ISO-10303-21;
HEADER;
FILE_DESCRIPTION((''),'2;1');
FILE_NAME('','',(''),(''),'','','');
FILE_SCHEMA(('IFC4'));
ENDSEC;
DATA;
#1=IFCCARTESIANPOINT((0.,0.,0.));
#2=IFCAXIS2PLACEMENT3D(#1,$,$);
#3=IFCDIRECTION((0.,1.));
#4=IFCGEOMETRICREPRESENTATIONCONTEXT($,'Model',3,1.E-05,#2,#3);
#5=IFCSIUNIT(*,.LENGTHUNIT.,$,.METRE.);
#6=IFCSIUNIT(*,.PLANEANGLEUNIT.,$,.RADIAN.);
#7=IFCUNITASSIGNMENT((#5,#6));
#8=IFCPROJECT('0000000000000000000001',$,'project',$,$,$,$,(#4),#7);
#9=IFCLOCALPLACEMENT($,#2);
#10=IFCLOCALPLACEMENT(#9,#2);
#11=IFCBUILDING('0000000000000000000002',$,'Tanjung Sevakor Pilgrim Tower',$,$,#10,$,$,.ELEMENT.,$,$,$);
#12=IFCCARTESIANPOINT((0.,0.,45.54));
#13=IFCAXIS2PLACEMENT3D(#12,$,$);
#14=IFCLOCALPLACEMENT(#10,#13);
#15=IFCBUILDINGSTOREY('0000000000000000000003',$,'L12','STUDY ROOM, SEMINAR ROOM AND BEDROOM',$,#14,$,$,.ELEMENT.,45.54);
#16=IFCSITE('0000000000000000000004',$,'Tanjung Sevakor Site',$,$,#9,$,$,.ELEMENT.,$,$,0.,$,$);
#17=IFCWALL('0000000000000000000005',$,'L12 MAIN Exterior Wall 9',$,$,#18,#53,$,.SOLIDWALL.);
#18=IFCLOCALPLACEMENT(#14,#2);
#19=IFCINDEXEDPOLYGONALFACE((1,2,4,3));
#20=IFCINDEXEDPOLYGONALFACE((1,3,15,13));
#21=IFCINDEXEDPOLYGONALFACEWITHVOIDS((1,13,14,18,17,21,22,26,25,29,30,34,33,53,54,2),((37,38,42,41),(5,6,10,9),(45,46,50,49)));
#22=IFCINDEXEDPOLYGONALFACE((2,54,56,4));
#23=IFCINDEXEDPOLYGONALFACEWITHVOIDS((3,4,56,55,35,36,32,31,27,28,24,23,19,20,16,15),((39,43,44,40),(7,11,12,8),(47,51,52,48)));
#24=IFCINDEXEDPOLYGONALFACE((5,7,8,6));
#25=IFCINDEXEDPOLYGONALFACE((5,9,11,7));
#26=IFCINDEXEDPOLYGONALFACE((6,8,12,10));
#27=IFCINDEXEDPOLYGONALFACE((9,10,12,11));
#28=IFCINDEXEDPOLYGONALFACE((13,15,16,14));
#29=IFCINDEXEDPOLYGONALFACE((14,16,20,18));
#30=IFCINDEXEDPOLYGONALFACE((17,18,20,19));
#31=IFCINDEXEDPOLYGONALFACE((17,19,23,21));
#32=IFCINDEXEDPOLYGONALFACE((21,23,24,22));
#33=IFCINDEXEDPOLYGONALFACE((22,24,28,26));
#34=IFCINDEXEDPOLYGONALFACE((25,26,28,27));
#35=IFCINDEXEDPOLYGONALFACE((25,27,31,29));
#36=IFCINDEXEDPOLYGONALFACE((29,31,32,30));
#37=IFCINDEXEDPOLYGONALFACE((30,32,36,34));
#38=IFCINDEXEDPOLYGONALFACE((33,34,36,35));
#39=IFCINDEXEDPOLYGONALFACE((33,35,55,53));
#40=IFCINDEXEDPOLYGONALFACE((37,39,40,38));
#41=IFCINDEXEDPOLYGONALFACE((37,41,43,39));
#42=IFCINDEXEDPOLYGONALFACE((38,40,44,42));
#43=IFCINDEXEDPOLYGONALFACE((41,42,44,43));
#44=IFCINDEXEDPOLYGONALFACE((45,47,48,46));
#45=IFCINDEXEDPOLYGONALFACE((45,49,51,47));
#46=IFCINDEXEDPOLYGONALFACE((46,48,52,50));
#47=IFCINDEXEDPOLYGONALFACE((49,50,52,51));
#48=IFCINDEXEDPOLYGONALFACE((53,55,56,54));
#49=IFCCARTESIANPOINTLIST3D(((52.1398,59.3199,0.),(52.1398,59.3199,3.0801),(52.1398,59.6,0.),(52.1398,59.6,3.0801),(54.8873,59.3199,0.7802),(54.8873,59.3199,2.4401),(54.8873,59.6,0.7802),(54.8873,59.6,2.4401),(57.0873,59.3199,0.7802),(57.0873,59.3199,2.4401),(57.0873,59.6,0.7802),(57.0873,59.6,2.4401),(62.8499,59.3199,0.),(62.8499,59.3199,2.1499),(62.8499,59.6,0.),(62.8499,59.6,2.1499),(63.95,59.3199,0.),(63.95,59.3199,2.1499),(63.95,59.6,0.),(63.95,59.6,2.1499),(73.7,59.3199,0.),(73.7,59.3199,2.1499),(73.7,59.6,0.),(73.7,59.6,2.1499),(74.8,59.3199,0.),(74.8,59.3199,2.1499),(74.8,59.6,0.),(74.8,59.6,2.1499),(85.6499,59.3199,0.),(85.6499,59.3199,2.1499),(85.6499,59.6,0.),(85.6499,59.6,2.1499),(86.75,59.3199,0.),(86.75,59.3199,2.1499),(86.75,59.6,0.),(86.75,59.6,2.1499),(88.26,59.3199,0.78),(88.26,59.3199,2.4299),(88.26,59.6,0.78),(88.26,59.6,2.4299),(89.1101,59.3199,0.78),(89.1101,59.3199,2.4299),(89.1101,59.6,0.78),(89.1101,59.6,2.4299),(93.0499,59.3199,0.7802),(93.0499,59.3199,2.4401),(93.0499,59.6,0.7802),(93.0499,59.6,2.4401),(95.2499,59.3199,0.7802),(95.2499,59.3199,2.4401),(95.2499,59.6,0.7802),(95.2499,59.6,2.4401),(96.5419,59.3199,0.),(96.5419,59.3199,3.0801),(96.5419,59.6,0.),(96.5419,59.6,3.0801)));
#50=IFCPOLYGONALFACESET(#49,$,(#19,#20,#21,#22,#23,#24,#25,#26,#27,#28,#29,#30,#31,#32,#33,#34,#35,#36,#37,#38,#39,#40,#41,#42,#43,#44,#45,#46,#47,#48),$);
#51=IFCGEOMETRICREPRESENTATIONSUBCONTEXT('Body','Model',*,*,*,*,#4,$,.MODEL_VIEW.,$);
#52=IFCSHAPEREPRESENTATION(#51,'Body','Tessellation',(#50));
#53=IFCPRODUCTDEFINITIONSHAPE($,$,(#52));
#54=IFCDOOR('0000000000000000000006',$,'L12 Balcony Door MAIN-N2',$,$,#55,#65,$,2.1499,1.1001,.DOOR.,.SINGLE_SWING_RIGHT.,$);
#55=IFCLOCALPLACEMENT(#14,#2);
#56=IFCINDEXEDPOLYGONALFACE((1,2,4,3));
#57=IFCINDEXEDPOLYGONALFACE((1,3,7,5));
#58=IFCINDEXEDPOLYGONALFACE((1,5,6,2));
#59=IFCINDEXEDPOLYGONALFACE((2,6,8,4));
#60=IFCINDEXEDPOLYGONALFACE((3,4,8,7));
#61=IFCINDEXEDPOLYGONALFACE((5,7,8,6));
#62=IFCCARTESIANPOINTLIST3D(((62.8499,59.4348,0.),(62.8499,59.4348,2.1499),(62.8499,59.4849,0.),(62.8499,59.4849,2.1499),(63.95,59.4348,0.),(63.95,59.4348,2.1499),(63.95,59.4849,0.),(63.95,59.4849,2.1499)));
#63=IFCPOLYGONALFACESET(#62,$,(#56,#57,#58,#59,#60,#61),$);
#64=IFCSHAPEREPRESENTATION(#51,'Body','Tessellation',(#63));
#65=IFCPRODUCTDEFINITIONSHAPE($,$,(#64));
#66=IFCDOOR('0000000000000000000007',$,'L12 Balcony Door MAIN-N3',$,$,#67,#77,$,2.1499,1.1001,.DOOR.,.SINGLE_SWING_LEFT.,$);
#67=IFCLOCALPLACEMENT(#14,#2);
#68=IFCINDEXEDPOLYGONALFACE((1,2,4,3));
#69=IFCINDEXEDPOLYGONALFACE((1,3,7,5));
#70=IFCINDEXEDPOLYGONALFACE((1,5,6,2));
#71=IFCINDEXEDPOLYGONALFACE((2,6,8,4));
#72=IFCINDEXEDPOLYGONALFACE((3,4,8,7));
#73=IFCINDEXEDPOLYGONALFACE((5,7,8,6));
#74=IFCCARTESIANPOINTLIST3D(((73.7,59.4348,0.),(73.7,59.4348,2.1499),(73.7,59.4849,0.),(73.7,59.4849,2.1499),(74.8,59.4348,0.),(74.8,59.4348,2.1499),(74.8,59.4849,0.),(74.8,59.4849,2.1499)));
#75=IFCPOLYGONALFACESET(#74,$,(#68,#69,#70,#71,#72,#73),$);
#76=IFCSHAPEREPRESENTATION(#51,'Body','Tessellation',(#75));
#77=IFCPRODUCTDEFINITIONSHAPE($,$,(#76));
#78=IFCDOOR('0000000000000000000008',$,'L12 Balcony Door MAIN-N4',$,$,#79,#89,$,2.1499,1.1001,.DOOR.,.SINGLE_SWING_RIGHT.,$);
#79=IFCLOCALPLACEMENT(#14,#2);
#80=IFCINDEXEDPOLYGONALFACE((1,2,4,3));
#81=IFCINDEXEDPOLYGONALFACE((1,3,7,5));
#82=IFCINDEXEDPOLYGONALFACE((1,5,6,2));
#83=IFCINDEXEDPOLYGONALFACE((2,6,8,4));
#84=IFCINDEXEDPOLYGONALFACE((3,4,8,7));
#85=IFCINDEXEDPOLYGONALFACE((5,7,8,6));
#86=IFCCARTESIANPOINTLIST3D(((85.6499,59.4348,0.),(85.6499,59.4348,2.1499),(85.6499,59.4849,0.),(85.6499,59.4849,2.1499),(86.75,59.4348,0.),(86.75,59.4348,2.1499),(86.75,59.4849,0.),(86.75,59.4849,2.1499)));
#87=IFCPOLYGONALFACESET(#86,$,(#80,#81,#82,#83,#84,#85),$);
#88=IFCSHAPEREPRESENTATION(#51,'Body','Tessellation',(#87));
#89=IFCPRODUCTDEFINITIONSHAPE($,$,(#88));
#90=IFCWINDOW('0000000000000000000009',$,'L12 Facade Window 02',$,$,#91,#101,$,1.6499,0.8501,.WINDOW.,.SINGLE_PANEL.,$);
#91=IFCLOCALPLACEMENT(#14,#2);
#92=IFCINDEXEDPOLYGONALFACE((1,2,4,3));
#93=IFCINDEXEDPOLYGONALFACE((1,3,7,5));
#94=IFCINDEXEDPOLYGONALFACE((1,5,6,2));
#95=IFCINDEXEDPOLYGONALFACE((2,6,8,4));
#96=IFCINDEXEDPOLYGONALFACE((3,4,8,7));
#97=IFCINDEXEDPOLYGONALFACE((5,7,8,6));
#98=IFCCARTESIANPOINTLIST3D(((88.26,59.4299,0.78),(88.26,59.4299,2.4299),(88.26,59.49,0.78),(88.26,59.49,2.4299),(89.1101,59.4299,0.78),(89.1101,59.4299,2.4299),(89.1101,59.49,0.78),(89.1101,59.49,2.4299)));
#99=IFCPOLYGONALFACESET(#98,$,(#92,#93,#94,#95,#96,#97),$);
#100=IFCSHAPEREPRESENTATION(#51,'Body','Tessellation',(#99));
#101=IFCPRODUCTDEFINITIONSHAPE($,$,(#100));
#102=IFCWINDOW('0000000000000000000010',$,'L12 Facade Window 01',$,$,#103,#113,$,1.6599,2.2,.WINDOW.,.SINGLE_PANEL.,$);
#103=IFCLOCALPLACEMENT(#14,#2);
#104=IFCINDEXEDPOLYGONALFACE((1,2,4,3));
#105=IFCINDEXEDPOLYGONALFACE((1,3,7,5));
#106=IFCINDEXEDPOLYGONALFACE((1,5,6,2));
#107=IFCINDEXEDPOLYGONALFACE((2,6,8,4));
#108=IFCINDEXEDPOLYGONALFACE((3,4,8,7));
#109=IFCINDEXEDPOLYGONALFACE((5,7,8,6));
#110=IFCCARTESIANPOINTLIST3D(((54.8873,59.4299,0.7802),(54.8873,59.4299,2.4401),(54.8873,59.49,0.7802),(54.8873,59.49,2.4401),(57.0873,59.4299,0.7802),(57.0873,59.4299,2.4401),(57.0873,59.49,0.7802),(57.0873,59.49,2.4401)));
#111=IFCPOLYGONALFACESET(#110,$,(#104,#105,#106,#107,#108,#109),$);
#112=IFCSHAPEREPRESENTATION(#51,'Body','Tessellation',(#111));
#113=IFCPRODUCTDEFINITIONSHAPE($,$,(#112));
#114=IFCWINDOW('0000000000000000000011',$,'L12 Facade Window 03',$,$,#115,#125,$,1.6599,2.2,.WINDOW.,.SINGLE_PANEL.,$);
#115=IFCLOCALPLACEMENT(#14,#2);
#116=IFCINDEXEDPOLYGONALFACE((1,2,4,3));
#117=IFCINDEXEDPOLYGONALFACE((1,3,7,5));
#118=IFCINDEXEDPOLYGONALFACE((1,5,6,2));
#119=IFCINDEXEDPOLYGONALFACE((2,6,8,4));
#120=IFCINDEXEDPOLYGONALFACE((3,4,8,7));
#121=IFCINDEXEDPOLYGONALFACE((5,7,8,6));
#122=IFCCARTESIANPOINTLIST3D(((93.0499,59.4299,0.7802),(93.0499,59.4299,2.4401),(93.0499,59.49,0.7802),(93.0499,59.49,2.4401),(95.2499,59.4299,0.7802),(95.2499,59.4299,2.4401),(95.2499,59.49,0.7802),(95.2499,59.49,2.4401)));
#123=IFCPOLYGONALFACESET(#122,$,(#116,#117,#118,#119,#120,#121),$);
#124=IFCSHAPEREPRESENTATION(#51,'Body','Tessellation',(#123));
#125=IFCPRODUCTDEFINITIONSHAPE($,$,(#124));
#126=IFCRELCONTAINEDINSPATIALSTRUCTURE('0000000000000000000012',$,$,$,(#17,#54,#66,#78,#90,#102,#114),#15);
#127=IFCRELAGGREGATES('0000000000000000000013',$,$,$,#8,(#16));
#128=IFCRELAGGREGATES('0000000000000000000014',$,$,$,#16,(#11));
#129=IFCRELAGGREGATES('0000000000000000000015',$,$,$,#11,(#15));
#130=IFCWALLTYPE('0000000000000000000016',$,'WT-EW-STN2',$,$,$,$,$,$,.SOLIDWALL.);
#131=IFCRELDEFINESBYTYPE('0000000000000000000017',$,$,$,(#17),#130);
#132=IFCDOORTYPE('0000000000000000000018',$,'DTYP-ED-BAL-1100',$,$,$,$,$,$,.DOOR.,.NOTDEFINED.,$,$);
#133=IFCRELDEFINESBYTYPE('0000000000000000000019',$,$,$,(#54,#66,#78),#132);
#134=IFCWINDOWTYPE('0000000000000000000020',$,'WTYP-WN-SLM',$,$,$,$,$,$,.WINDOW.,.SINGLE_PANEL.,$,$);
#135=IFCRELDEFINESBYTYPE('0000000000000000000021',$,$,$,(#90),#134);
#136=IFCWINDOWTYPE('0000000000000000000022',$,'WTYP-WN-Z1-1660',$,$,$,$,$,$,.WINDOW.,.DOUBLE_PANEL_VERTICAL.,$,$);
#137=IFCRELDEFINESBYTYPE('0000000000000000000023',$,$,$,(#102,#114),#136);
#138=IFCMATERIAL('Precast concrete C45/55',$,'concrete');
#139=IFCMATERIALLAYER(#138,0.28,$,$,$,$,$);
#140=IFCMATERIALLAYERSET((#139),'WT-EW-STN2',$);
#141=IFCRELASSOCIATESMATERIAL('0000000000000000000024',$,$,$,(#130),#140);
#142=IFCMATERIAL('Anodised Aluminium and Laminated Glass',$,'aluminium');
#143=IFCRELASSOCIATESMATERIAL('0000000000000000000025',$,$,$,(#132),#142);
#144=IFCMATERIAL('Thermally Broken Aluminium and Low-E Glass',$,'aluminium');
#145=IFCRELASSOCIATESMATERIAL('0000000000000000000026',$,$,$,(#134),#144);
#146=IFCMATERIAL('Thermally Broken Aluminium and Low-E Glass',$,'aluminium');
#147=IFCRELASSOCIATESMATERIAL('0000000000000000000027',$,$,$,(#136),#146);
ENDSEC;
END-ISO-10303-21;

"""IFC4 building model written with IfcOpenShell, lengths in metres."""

from ifc_helpers import new_model, si_unit, direction, frame, frame_2d, origin, place, context, subcontext, project, spatial, rectangle, extrude, material, layer, layer_set, type_object, element, fill, save


model = new_model("IFC4")

# Units and contexts
model_context = context("Model", 3, precision=1e-05, world=origin(), true_north=direction((0.0, 1.0)))
body_context = subcontext(model_context, "Body", "Model", "MODEL_VIEW")
ifc_project = project(units=[si_unit("LENGTHUNIT", "METRE"), si_unit("PLANEANGLEUNIT", "RADIAN")], contexts=[model_context])

# Site, building, storey
site_placement = place(None, origin())
site = spatial("IfcSite", under=ifc_project, at=site_placement, Name="Tanjung Sevakor Site", CompositionType="ELEMENT", RefElevation=0.0)
building_placement = place(site_placement, origin())
building = spatial("IfcBuilding", under=site, at=building_placement, Name="Tanjung Sevakor Pilgrim Tower", CompositionType="ELEMENT")
storey_placement = place(building_placement, frame((0.0, 0.0, 45.54)))
storey = spatial("IfcBuildingStorey", under=building, at=storey_placement, Name="L12", Description="STUDY ROOM, SEMINAR ROOM AND BEDROOM", CompositionType="ELEMENT", Elevation=45.54)

# Shared definitions
ifc_material_1 = material(Name="Precast concrete C45/55", Category="concrete")
ifc_layer_1 = layer(ifc_material_1, 0.28)
ifc_layer_set_1 = layer_set([ifc_layer_1], Name="WT-EW-STN2")
wall_type_1 = type_object("IfcWallType", Name="WT-EW-STN2", PredefinedType="SOLIDWALL", material=ifc_layer_set_1)

# Wall, openings, doors, windows
wall_1_placement = place(storey_placement, frame((96.542, 59.46, 0.0), z_axis=(0.0, 0.0, 1.0), x_axis=(-1.0, 0.0, 0.0)))
wall_1 = element("IfcWall", 1, at=wall_1_placement, inside=storey, type_object=wall_type_1, Name="L12 MAIN Exterior Wall 9", PredefinedType="SOLIDWALL", context=body_context, shape_type="SweptSolid", body=[
    extrude(rectangle(XDim=44.4021, YDim=0.28, at=frame_2d((22.2012, 0.0))), origin(), (0.0, 0.0, 1.0), 3.0801),
])
opening_1_placement = place(wall_1_placement, frame((32.592, 0.0, 0.0)))
opening_1 = element("IfcOpeningElement", 2, at=opening_1_placement, cuts=wall_1, PredefinedType="OPENING", context=body_context, shape_type="SweptSolid", body=[
    extrude(rectangle(XDim=1.1001, YDim=2.1499, at=frame_2d((0.55, 1.075))), frame((0.0, 0.1499, 0.0), z_axis=(0.0, -1.0, 0.0), x_axis=(1.0, 0.0, 0.0)), (0.0, 0.0, 1.0), 0.3),
])
opening_2_placement = place(wall_1_placement, frame((21.7419, 0.0, 0.0)))
opening_2 = element("IfcOpeningElement", 3, at=opening_2_placement, cuts=wall_1, PredefinedType="OPENING", context=body_context, shape_type="SweptSolid", body=[
    extrude(rectangle(XDim=1.1001, YDim=2.1499, at=frame_2d((0.55, 1.075))), frame((0.0, 0.1499, 0.0), z_axis=(0.0, -1.0, 0.0), x_axis=(1.0, 0.0, 0.0)), (0.0, 0.0, 1.0), 0.3),
])
opening_3_placement = place(wall_1_placement, frame((9.792, 0.0, 0.0)))
opening_3 = element("IfcOpeningElement", 4, at=opening_3_placement, cuts=wall_1, PredefinedType="OPENING", context=body_context, shape_type="SweptSolid", body=[
    extrude(rectangle(XDim=1.1001, YDim=2.1499, at=frame_2d((0.55, 1.075))), frame((0.0, 0.1499, 0.0), z_axis=(0.0, -1.0, 0.0), x_axis=(1.0, 0.0, 0.0)), (0.0, 0.0, 1.0), 0.3),
])
opening_4_placement = place(wall_1_placement, frame((39.4546, 0.0, 0.78)))
opening_4 = element("IfcOpeningElement", 5, at=opening_4_placement, cuts=wall_1, PredefinedType="OPENING", context=body_context, shape_type="SweptSolid", body=[
    extrude(rectangle(XDim=2.2, YDim=1.6599, at=frame_2d((1.1001, 0.8301))), frame((0.0, 0.1499, 0.0), z_axis=(0.0, -1.0, 0.0), x_axis=(1.0, 0.0, 0.0)), (0.0, 0.0, 1.0), 0.3),
])
opening_5_placement = place(wall_1_placement, frame((7.4319, 0.0, 0.78)))
opening_5 = element("IfcOpeningElement", 6, at=opening_5_placement, cuts=wall_1, PredefinedType="OPENING", context=body_context, shape_type="SweptSolid", body=[
    extrude(rectangle(XDim=0.8501, YDim=1.6499, at=frame_2d((0.425, 0.825))), frame((0.0, 0.1499, 0.0), z_axis=(0.0, -1.0, 0.0), x_axis=(1.0, 0.0, 0.0)), (0.0, 0.0, 1.0), 0.3),
])
opening_6_placement = place(wall_1_placement, frame((1.292, 0.0, 0.78)))
opening_6 = element("IfcOpeningElement", 7, at=opening_6_placement, cuts=wall_1, PredefinedType="OPENING", context=body_context, shape_type="SweptSolid", body=[
    extrude(rectangle(XDim=2.2, YDim=1.6599, at=frame_2d((1.1001, 0.8301))), frame((0.0, 0.1499, 0.0), z_axis=(0.0, -1.0, 0.0), x_axis=(1.0, 0.0, 0.0)), (0.0, 0.0, 1.0), 0.3),
])
ifc_material_2 = material(Name="Anodised Aluminium and Laminated Glass", Category="aluminium")
door_type_1 = type_object("IfcDoorType", Name="DTYP-ED-BAL-1100", OperationType="NOTDEFINED", PredefinedType="DOOR", material=ifc_material_2)
door_1_placement = place(opening_1_placement, frame((1.1001, 0.0, 0.0), z_axis=(0.0, 0.0, 1.0), x_axis=(-1.0, 0.0, 0.0)))
door_1 = element("IfcDoor", 8, at=door_1_placement, inside=storey, type_object=door_type_1, Name="L12 Balcony Door MAIN-N2", OperationType="SINGLE_SWING_RIGHT", OverallHeight=2.1499, OverallWidth=1.1001, PredefinedType="DOOR", context=body_context, shape_type="SweptSolid", body=[
    extrude(rectangle(XDim=1.1001, YDim=2.1499, at=frame_2d((0.55, 1.075))), frame((0.0, 0.0249, 0.0), z_axis=(0.0, -1.0, 0.0), x_axis=(1.0, 0.0, 0.0)), (0.0, 0.0, 1.0), 0.05),
])
fill(opening_1, door_1)
door_2_placement = place(opening_2_placement, frame((1.1001, 0.0, 0.0), z_axis=(0.0, 0.0, 1.0), x_axis=(-1.0, 0.0, 0.0)))
door_2 = element("IfcDoor", 9, at=door_2_placement, inside=storey, type_object=door_type_1, Name="L12 Balcony Door MAIN-N3", OperationType="SINGLE_SWING_LEFT", OverallHeight=2.1499, OverallWidth=1.1001, PredefinedType="DOOR", context=body_context, shape_type="SweptSolid", body=[
    extrude(rectangle(XDim=1.1001, YDim=2.1499, at=frame_2d((0.55, 1.075))), frame((0.0, 0.0249, 0.0), z_axis=(0.0, -1.0, 0.0), x_axis=(1.0, 0.0, 0.0)), (0.0, 0.0, 1.0), 0.05),
])
fill(opening_2, door_2)
door_3_placement = place(opening_3_placement, frame((1.1001, 0.0, 0.0), z_axis=(0.0, 0.0, 1.0), x_axis=(-1.0, 0.0, 0.0)))
door_3 = element("IfcDoor", 10, at=door_3_placement, inside=storey, type_object=door_type_1, Name="L12 Balcony Door MAIN-N4", OperationType="SINGLE_SWING_RIGHT", OverallHeight=2.1499, OverallWidth=1.1001, PredefinedType="DOOR", context=body_context, shape_type="SweptSolid", body=[
    extrude(rectangle(XDim=1.1001, YDim=2.1499, at=frame_2d((0.55, 1.075))), frame((0.0, 0.0249, 0.0), z_axis=(0.0, -1.0, 0.0), x_axis=(1.0, 0.0, 0.0)), (0.0, 0.0, 1.0), 0.05),
])
fill(opening_3, door_3)
ifc_material_3 = material(Name="Thermally Broken Aluminium and Low-E Glass", Category="aluminium")
window_type_1 = type_object("IfcWindowType", Name="WTYP-WN-SLM", PartitioningType="SINGLE_PANEL", PredefinedType="WINDOW", material=ifc_material_3)
window_1_placement = place(opening_5_placement, origin())
window_1 = element("IfcWindow", 11, at=window_1_placement, inside=storey, type_object=window_type_1, Name="L12 Facade Window 02", OverallHeight=1.6499, OverallWidth=0.8501, PartitioningType="SINGLE_PANEL", PredefinedType="WINDOW", context=body_context, shape_type="SweptSolid", body=[
    extrude(rectangle(XDim=0.8501, YDim=1.6499, at=frame_2d((0.425, 0.825))), frame((0.0, 0.03, 0.0), z_axis=(0.0, -1.0, 0.0), x_axis=(1.0, 0.0, 0.0)), (0.0, 0.0, 1.0), 0.0601),
])
fill(opening_5, window_1)
ifc_material_4 = material(Name="Thermally Broken Aluminium and Low-E Glass", Category="aluminium")
window_type_2 = type_object("IfcWindowType", Name="WTYP-WN-Z1-1660", PartitioningType="DOUBLE_PANEL_VERTICAL", PredefinedType="WINDOW", material=ifc_material_4)
window_2_placement = place(opening_4_placement, origin())
window_2 = element("IfcWindow", 12, at=window_2_placement, inside=storey, type_object=window_type_2, Name="L12 Facade Window 01", OverallHeight=1.6599, OverallWidth=2.2, PartitioningType="SINGLE_PANEL", PredefinedType="WINDOW", context=body_context, shape_type="SweptSolid", body=[
    extrude(rectangle(XDim=2.2, YDim=1.6599, at=frame_2d((1.1001, 0.8301))), frame((0.0, 0.03, 0.0), z_axis=(0.0, -1.0, 0.0), x_axis=(1.0, 0.0, 0.0)), (0.0, 0.0, 1.0), 0.0601),
])
fill(opening_4, window_2)
window_3_placement = place(opening_6_placement, origin())
window_3 = element("IfcWindow", 13, at=window_3_placement, inside=storey, type_object=window_type_2, Name="L12 Facade Window 03", OverallHeight=1.6599, OverallWidth=2.2, PartitioningType="SINGLE_PANEL", PredefinedType="WINDOW", context=body_context, shape_type="SweptSolid", body=[
    extrude(rectangle(XDim=2.2, YDim=1.6599, at=frame_2d((1.1001, 0.8301))), frame((0.0, 0.03, 0.0), z_axis=(0.0, -1.0, 0.0), x_axis=(1.0, 0.0, 0.0)), (0.0, 0.0, 1.0), 0.0601),
])
fill(opening_6, window_3)

save(model, "model.ifc")
